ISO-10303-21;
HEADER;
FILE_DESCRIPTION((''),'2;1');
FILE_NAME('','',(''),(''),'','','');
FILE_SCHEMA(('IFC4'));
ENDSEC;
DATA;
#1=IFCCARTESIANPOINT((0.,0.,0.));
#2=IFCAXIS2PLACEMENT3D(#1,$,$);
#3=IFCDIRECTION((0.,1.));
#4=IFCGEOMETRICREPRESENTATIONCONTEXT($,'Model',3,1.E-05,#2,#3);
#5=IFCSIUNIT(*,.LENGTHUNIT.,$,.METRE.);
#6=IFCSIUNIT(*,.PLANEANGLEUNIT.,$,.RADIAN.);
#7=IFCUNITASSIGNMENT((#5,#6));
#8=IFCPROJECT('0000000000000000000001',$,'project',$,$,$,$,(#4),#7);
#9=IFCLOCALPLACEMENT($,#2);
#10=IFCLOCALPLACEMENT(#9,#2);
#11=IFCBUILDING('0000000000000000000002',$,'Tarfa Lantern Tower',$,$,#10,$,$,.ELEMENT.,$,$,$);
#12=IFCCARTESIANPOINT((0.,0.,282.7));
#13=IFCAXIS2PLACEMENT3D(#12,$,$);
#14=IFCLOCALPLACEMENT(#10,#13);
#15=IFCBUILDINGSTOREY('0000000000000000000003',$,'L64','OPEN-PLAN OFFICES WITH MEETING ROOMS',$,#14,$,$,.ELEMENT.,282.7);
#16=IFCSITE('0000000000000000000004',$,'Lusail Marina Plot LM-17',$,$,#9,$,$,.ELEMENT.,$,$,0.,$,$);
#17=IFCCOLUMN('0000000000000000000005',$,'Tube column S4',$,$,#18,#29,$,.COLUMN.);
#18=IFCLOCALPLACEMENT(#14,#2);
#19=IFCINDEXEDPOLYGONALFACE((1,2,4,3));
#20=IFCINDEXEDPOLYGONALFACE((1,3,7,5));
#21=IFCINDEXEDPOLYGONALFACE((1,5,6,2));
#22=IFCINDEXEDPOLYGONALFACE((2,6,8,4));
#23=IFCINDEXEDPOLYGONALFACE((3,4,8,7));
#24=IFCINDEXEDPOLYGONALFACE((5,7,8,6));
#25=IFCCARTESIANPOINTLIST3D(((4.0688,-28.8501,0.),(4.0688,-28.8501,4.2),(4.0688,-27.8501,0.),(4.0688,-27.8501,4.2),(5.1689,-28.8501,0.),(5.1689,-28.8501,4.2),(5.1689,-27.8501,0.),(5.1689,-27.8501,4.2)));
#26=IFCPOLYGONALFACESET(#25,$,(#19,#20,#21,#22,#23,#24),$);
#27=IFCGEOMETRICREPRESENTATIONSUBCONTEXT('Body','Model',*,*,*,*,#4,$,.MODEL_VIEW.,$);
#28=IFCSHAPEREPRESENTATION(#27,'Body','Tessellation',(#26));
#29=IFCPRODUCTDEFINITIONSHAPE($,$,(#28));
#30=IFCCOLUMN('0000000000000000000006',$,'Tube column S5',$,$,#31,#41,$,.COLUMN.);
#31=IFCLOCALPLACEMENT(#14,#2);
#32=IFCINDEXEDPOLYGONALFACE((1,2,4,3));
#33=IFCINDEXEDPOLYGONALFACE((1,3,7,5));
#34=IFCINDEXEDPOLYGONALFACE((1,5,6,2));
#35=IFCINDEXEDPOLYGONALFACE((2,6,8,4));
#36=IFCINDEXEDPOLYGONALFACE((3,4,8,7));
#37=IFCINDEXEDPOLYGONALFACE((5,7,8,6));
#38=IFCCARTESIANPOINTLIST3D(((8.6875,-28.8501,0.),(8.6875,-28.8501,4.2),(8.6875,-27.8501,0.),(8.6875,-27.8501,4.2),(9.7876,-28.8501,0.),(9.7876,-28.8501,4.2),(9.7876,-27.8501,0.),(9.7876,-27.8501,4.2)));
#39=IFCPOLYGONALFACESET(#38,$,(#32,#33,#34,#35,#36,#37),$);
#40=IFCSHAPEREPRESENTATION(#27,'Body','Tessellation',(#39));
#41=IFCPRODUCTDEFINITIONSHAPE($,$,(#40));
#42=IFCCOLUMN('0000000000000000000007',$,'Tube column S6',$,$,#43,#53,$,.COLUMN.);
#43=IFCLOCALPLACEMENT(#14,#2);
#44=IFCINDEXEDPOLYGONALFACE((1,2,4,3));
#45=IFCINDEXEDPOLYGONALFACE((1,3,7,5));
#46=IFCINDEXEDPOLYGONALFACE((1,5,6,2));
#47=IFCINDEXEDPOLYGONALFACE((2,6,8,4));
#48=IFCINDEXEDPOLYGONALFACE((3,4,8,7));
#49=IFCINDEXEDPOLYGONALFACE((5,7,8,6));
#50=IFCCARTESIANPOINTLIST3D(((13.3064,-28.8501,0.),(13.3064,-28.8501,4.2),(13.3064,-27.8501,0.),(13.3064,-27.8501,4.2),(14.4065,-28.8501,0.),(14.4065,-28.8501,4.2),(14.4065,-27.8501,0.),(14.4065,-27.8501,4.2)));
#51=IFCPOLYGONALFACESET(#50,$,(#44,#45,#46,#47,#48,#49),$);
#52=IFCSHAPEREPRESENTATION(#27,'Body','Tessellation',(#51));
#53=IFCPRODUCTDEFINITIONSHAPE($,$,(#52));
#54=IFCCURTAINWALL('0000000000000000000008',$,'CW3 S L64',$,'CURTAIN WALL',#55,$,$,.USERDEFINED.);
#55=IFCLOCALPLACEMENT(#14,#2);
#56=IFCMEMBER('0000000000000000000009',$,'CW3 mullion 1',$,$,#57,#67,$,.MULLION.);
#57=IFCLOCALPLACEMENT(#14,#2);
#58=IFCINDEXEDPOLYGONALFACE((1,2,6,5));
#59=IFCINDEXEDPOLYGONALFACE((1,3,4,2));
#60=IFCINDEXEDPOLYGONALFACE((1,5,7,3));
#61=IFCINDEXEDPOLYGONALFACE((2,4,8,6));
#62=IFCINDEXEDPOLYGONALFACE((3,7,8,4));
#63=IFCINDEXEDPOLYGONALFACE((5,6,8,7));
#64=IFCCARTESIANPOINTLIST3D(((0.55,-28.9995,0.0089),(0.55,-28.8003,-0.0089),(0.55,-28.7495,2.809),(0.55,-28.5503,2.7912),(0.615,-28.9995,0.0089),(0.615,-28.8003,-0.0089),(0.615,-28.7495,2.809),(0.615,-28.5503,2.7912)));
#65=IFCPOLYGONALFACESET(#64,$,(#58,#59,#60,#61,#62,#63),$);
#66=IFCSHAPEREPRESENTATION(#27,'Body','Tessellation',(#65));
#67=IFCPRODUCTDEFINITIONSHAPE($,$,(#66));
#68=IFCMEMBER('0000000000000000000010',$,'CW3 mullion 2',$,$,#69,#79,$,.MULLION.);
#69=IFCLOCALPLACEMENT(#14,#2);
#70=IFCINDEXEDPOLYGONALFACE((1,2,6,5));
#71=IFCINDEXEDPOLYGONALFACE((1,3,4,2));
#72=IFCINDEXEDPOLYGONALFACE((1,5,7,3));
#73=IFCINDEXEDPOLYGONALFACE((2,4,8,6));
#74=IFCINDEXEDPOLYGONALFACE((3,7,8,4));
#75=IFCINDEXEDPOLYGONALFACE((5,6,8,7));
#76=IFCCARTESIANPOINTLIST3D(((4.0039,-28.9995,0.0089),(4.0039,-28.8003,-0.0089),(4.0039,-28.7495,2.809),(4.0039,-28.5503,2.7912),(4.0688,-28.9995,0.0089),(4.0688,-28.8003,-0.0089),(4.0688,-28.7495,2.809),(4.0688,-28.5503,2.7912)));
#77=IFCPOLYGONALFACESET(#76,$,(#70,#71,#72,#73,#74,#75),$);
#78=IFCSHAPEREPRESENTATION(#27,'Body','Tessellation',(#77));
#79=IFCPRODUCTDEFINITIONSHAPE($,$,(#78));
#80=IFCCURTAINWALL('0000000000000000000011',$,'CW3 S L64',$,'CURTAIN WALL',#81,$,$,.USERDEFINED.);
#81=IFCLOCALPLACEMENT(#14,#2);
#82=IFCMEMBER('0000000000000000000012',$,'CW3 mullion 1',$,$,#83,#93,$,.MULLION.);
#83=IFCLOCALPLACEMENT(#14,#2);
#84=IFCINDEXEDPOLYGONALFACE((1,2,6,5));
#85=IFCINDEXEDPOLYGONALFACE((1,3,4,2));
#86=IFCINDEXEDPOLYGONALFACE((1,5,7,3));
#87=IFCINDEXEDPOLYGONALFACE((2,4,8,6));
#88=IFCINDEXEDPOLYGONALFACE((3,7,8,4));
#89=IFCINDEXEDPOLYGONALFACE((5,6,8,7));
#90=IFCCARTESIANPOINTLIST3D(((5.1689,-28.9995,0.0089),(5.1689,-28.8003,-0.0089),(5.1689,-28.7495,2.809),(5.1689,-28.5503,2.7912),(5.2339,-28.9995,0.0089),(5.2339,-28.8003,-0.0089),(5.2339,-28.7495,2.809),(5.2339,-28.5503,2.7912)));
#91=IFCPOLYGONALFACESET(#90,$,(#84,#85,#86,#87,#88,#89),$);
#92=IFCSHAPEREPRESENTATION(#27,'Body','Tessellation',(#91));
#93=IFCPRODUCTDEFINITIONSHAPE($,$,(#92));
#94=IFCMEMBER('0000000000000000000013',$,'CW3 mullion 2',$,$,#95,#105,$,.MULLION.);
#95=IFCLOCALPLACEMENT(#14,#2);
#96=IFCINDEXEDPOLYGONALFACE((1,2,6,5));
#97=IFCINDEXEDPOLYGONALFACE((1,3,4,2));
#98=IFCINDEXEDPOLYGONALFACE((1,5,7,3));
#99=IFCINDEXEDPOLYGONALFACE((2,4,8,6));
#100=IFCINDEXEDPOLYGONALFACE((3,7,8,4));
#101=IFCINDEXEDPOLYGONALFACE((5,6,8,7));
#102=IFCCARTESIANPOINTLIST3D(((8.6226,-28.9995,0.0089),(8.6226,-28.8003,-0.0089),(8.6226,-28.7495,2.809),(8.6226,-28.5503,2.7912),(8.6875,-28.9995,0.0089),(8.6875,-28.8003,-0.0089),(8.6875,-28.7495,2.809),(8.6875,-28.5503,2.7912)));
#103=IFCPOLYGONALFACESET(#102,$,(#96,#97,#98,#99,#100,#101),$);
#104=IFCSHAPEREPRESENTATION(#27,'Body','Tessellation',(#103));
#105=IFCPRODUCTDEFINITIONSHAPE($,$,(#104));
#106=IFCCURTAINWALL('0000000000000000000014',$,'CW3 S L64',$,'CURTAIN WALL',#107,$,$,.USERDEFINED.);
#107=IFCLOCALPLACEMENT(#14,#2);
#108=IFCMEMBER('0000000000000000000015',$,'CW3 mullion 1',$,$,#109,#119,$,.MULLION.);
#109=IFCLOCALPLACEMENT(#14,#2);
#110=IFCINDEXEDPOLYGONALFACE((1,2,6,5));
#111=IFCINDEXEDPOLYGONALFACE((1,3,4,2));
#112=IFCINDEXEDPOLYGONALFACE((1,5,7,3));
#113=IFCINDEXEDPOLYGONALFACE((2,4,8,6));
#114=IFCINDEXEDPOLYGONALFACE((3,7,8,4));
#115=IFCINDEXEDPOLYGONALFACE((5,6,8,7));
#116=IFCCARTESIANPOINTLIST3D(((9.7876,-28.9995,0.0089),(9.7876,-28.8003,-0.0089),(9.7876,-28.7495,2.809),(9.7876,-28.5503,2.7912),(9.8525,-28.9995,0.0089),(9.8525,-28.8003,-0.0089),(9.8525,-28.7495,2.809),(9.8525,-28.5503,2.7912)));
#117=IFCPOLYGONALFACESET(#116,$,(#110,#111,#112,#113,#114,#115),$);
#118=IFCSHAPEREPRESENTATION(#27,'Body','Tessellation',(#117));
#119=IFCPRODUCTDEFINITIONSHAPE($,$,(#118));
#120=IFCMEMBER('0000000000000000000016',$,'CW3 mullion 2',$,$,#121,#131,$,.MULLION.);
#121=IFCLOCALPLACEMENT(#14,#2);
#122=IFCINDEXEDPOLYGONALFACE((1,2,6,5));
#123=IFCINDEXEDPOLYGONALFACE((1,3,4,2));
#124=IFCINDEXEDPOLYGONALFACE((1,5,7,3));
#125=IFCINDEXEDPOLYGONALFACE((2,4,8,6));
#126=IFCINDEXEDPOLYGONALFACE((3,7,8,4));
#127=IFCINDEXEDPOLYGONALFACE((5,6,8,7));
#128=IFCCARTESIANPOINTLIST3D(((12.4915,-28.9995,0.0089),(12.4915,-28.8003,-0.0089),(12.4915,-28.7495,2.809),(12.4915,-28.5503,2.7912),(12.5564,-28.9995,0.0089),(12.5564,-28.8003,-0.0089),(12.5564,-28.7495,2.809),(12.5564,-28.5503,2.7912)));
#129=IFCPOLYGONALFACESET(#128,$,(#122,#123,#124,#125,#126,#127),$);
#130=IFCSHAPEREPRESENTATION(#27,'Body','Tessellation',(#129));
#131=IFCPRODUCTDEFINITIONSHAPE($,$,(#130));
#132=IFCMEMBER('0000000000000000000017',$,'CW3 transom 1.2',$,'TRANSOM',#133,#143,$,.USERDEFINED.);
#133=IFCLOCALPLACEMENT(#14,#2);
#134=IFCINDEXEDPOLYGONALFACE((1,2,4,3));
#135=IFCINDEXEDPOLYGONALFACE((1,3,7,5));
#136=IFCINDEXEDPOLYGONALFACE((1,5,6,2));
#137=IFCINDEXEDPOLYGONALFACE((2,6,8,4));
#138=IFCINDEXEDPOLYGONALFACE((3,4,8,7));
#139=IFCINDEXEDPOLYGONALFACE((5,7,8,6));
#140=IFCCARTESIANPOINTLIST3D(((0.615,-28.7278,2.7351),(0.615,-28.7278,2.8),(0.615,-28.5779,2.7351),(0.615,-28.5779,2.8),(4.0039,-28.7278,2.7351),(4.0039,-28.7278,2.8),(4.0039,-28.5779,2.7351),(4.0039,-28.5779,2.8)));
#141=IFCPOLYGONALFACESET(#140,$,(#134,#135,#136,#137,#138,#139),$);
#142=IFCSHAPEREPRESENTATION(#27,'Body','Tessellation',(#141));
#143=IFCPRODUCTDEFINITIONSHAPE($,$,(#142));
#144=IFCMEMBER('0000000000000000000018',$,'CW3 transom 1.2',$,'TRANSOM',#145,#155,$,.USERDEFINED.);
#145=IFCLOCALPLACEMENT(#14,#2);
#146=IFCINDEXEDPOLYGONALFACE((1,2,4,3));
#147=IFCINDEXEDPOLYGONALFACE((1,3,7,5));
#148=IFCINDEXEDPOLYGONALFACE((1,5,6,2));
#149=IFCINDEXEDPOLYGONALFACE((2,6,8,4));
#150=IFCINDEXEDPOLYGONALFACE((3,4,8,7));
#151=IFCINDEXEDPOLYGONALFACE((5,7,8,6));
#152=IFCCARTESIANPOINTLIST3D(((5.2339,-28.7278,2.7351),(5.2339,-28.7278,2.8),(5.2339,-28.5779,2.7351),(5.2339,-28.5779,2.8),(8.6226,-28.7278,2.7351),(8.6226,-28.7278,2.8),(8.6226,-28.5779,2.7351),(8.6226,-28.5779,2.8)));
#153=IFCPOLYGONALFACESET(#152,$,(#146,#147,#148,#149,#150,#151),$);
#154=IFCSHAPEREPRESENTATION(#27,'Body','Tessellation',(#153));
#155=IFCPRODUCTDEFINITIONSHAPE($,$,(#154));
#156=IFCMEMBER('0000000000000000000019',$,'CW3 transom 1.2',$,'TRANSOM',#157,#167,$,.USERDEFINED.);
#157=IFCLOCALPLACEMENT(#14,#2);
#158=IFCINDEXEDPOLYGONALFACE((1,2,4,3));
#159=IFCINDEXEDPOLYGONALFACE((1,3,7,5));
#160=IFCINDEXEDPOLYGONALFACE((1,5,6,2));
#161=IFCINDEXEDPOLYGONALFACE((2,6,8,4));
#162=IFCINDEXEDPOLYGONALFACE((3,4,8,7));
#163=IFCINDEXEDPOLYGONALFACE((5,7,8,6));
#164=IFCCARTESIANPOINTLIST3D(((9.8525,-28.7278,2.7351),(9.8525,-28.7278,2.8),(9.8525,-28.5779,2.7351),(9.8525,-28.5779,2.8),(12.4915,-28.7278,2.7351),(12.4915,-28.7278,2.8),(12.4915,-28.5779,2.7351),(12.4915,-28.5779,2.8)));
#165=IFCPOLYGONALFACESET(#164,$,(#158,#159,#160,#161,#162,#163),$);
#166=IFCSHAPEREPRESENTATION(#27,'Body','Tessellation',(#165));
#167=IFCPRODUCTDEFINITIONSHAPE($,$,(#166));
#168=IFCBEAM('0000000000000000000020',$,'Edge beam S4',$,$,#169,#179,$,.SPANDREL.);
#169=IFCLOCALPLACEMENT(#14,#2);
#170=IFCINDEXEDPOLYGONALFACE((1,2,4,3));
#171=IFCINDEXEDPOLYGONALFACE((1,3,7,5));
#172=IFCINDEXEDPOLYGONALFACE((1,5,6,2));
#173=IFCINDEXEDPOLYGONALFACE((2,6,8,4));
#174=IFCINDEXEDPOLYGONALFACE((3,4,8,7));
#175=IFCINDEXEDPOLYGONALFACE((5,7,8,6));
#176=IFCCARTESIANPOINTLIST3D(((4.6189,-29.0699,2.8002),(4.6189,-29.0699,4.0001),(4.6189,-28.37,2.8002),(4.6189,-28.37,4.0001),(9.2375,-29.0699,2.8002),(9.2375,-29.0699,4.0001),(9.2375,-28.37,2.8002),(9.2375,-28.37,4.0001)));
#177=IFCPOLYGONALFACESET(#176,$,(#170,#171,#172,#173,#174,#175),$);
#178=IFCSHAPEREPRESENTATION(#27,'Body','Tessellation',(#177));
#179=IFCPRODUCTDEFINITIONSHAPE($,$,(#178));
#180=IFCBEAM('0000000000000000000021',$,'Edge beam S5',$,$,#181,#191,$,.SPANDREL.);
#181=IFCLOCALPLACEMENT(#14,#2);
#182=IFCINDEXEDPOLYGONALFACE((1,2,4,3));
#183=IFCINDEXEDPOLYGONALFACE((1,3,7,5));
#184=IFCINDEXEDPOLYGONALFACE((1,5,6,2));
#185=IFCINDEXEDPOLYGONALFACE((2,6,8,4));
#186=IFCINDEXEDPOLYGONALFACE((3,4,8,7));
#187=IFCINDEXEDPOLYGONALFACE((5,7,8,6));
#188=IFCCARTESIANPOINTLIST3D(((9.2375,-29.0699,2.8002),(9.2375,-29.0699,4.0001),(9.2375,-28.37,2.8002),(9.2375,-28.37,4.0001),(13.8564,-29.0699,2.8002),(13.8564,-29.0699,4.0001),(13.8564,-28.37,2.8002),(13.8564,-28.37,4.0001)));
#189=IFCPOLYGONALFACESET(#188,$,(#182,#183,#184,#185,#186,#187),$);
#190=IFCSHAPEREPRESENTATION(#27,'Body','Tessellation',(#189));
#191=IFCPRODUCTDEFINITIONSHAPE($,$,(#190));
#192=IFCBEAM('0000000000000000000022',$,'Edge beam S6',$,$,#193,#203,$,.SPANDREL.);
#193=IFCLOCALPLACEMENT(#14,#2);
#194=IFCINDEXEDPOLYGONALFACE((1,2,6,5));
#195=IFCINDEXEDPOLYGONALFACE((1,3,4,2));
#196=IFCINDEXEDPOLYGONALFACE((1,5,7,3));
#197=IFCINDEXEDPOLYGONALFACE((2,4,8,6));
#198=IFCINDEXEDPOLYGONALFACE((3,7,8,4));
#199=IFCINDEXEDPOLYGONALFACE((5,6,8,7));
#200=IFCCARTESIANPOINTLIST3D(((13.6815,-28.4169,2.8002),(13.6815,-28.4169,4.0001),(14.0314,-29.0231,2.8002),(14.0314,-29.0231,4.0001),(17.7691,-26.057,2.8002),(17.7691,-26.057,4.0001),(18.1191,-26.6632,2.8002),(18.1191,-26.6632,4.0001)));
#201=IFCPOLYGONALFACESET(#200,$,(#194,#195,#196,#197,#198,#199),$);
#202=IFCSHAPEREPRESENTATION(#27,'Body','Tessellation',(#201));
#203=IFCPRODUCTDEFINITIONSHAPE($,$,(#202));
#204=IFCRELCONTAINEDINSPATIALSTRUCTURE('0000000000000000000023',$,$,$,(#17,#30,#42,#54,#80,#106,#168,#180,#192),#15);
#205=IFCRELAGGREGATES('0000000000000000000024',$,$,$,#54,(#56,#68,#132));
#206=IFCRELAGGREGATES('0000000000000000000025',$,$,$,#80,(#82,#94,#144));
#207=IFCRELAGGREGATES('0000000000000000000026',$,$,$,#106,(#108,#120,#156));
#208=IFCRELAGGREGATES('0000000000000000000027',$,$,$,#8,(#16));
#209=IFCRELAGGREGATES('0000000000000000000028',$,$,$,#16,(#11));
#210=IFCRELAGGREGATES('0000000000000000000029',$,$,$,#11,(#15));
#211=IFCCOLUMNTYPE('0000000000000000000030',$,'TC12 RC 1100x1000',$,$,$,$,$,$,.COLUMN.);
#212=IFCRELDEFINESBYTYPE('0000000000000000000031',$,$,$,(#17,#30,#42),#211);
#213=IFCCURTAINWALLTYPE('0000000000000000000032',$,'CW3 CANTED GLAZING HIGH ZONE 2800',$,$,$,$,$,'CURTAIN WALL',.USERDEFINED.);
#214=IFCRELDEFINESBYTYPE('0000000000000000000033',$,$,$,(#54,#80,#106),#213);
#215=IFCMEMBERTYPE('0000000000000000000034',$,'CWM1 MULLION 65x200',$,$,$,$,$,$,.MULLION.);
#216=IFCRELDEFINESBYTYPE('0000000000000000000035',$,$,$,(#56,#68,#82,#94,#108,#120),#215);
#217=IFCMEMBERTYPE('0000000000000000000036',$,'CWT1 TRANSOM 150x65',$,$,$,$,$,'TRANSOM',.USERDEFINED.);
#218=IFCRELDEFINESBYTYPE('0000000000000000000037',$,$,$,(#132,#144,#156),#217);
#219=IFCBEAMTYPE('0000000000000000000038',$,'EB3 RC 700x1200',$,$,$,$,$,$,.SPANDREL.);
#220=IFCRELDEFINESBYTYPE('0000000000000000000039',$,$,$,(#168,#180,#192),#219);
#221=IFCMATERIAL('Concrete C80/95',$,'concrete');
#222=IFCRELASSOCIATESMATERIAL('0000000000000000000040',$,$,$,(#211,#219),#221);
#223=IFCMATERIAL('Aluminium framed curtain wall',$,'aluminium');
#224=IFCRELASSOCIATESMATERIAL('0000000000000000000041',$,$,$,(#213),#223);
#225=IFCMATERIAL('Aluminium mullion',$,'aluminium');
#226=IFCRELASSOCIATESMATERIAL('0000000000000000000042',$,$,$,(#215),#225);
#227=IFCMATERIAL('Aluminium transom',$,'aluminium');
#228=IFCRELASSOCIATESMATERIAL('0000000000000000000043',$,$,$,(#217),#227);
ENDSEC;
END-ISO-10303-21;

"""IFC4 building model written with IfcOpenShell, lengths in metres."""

from ifc_helpers import new_model, si_unit, direction, frame, origin, origin_2d, place, context, subcontext, project, spatial, rectangle, extrude, material, material_profile, profile_set, type_object, element, aggregate, save


model = new_model("IFC4")

# Units and contexts
model_context = context("Model", 3, precision=1e-05, world=origin(), true_north=direction((0.0, 1.0)))
body_context = subcontext(model_context, "Body", "Model", "MODEL_VIEW")
ifc_project = project(units=[si_unit("LENGTHUNIT", "METRE"), si_unit("PLANEANGLEUNIT", "RADIAN")], contexts=[model_context])

# Site, building, storey
site_placement = place(None, origin())
site = spatial("IfcSite", under=ifc_project, at=site_placement, Name="Lusail Marina Plot LM-17", CompositionType="ELEMENT", RefElevation=0.0)
building_placement = place(site_placement, origin())
building = spatial("IfcBuilding", under=site, at=building_placement, Name="Tarfa Lantern Tower", CompositionType="ELEMENT")
storey_placement = place(building_placement, frame((0.0, 0.0, 282.7)))
storey = spatial("IfcBuildingStorey", under=building, at=storey_placement, Name="L64", Description="OPEN-PLAN OFFICES WITH MEETING ROOMS", CompositionType="ELEMENT", Elevation=282.7)

# Columns
ifc_material_1 = material(Name="Concrete C80/95", Category="concrete")
ifc_material_profile_1 = material_profile(ifc_material_1, rectangle(XDim=1.1001, YDim=1.0, at=origin_2d()), Name="RC 1100x1000")
ifc_profile_set_1 = profile_set([ifc_material_profile_1], Name="Concrete C80/95")
column_type = type_object("IfcColumnType", Name="TC12 RC 1100x1000", PredefinedType="COLUMN", material=ifc_profile_set_1)
for number, where, z_axis, x_axis, name in (
    (1, (4.6189, -28.3501, 0.0), (0.0, 0.0, 1.0), (1.0, 0.0, 0.0), "Tube column S4"),
    (2, (9.2375, -28.3501, 0.0), (0.0, 0.0, 1.0), (1.0, 0.0, 0.0), "Tube column S5"),
    (3, (13.8564, -28.3501, 0.0), (0.0, 0.0, 1.0), (1.0, 0.0, 0.0), "Tube column S6"),
):
    element("IfcColumn", number, at=place(storey_placement, frame(where, z_axis=z_axis, x_axis=x_axis)), inside=storey, type_object=column_type, Name=name, PredefinedType="COLUMN", context=body_context, shape_type="SweptSolid", body=[
        extrude(rectangle(XDim=1.1001, YDim=1.0, at=origin_2d()), origin(), (0.0, 0.0, 1.0), 4.2),
    ])

# Curtain walls, members
ifc_material_2 = material(Name="Aluminium framed curtain wall", Category="aluminium")
curtain_wall_type = type_object("IfcCurtainWallType", Name="CW3 CANTED GLAZING HIGH ZONE 2800", ElementType="CURTAIN WALL", PredefinedType="USERDEFINED", material=ifc_material_2)
curtain_wall_1_placement = place(storey_placement, origin())
curtain_wall_1 = element("IfcCurtainWall", 4, at=curtain_wall_1_placement, inside=storey, type_object=curtain_wall_type, Name="CW3 S L64", ObjectType="CURTAIN WALL", PredefinedType="USERDEFINED")
ifc_material_3 = material(Name="Aluminium mullion", Category="aluminium")
ifc_material_profile_2 = material_profile(ifc_material_3, rectangle(XDim=0.0649, YDim=0.2, at=origin_2d()), Name="AL MULLION 65x200")
ifc_profile_set_2 = profile_set([ifc_material_profile_2], Name="Aluminium mullion")
member_type_1 = type_object("IfcMemberType", Name="CWM1 MULLION 65x200", PredefinedType="MULLION", material=ifc_profile_set_2)
member_1_placement = place(storey_placement, frame((0.5825, -28.8999, 0.0), z_axis=(0.0, 0.08893, 0.996038), x_axis=(-1.0, 0.0, 0.0)))
member_1 = element("IfcMember", 5, at=member_1_placement, type_object=member_type_1, Name="CW3 mullion 1", PredefinedType="MULLION", context=body_context, shape_type="SweptSolid", body=[
    extrude(rectangle(XDim=0.0649, YDim=0.2, at=origin_2d()), origin(), (0.0, 0.0, 1.0), 2.8113),
])
member_2_placement = place(storey_placement, frame((4.0364, -28.8999, 0.0), z_axis=(0.0, 0.08893, 0.996038), x_axis=(-1.0, 0.0, 0.0)))
member_2 = element("IfcMember", 6, at=member_2_placement, type_object=member_type_1, Name="CW3 mullion 2", PredefinedType="MULLION", context=body_context, shape_type="SweptSolid", body=[
    extrude(rectangle(XDim=0.0649, YDim=0.2, at=origin_2d()), origin(), (0.0, 0.0, 1.0), 2.8113),
])
curtain_wall_2_placement = place(storey_placement, origin())
curtain_wall_2 = element("IfcCurtainWall", 7, at=curtain_wall_2_placement, inside=storey, type_object=curtain_wall_type, Name="CW3 S L64", ObjectType="CURTAIN WALL", PredefinedType="USERDEFINED")
member_3_placement = place(storey_placement, frame((5.2014, -28.8999, 0.0), z_axis=(0.0, 0.08893, 0.996038), x_axis=(-1.0, 0.0, 0.0)))
member_3 = element("IfcMember", 8, at=member_3_placement, type_object=member_type_1, Name="CW3 mullion 1", PredefinedType="MULLION", context=body_context, shape_type="SweptSolid", body=[
    extrude(rectangle(XDim=0.0649, YDim=0.2, at=origin_2d()), origin(), (0.0, 0.0, 1.0), 2.8113),
])
member_4_placement = place(storey_placement, frame((8.655, -28.8999, 0.0), z_axis=(0.0, 0.08893, 0.996038), x_axis=(-1.0, 0.0, 0.0)))
member_4 = element("IfcMember", 9, at=member_4_placement, type_object=member_type_1, Name="CW3 mullion 2", PredefinedType="MULLION", context=body_context, shape_type="SweptSolid", body=[
    extrude(rectangle(XDim=0.0649, YDim=0.2, at=origin_2d()), origin(), (0.0, 0.0, 1.0), 2.8113),
])
curtain_wall_3_placement = place(storey_placement, origin())
curtain_wall_3 = element("IfcCurtainWall", 10, at=curtain_wall_3_placement, inside=storey, type_object=curtain_wall_type, Name="CW3 S L64", ObjectType="CURTAIN WALL", PredefinedType="USERDEFINED")
member_5_placement = place(storey_placement, frame((9.8201, -28.8999, 0.0), z_axis=(0.0, 0.08893, 0.996038), x_axis=(-1.0, 0.0, 0.0)))
member_5 = element("IfcMember", 11, at=member_5_placement, type_object=member_type_1, Name="CW3 mullion 1", PredefinedType="MULLION", context=body_context, shape_type="SweptSolid", body=[
    extrude(rectangle(XDim=0.0649, YDim=0.2, at=origin_2d()), origin(), (0.0, 0.0, 1.0), 2.8113),
])
member_6_placement = place(storey_placement, frame((12.5239, -28.8999, 0.0), z_axis=(0.0, 0.08893, 0.996038), x_axis=(-1.0, 0.0, 0.0)))
member_6 = element("IfcMember", 12, at=member_6_placement, type_object=member_type_1, Name="CW3 mullion 2", PredefinedType="MULLION", context=body_context, shape_type="SweptSolid", body=[
    extrude(rectangle(XDim=0.0649, YDim=0.2, at=origin_2d()), origin(), (0.0, 0.0, 1.0), 2.8113),
])

# Members
ifc_material_4 = material(Name="Aluminium transom", Category="aluminium")
ifc_material_profile_3 = material_profile(ifc_material_4, rectangle(XDim=0.1499, YDim=0.0649, at=origin_2d()), Name="AL TRANSOM 150x65")
ifc_profile_set_3 = profile_set([ifc_material_profile_3], Name="Aluminium transom")
member_type_2 = type_object("IfcMemberType", Name="CWT1 TRANSOM 150x65", ElementType="TRANSOM", PredefinedType="USERDEFINED", material=ifc_profile_set_3)
member_7_placement = place(storey_placement, frame((0.615, -28.6528, 2.7676), z_axis=(1.0, 0.0, 0.0), x_axis=(0.0, 1.0, 0.0)))
member_7 = element("IfcMember", 13, at=member_7_placement, type_object=member_type_2, Name="CW3 transom 1.2", ObjectType="TRANSOM", PredefinedType="USERDEFINED", context=body_context, shape_type="SweptSolid", body=[
    extrude(rectangle(XDim=0.1499, YDim=0.0649, at=origin_2d()), origin(), (0.0, 0.0, 1.0), 3.3889),
])
member_8_placement = place(storey_placement, frame((5.2339, -28.6528, 2.7676), z_axis=(1.0, 0.0, 0.0), x_axis=(0.0, 1.0, 0.0)))
member_8 = element("IfcMember", 14, at=member_8_placement, type_object=member_type_2, Name="CW3 transom 1.2", ObjectType="TRANSOM", PredefinedType="USERDEFINED", context=body_context, shape_type="SweptSolid", body=[
    extrude(rectangle(XDim=0.1499, YDim=0.0649, at=origin_2d()), origin(), (0.0, 0.0, 1.0), 3.3887),
])
member_9_placement = place(storey_placement, frame((9.8525, -28.6528, 2.7676), z_axis=(1.0, 0.0, 0.0), x_axis=(0.0, 1.0, 0.0)))
member_9 = element("IfcMember", 15, at=member_9_placement, type_object=member_type_2, Name="CW3 transom 1.2", ObjectType="TRANSOM", PredefinedType="USERDEFINED", context=body_context, shape_type="SweptSolid", body=[
    extrude(rectangle(XDim=0.1499, YDim=0.0649, at=origin_2d()), origin(), (0.0, 0.0, 1.0), 2.6389),
])

# Beams
ifc_material_profile_4 = material_profile(ifc_material_1, rectangle(XDim=0.7, YDim=1.2, at=origin_2d()), Name="RC 700x1200")
ifc_profile_set_4 = profile_set([ifc_material_profile_4], Name="Concrete C80/95")
beam_type_1 = type_object("IfcBeamType", Name="EB3 RC 700x1200", PredefinedType="SPANDREL", material=ifc_profile_set_4)
beam_1_placement = place(storey_placement, frame((4.6189, -28.72, 3.4001), z_axis=(1.0, 0.0, 0.0), x_axis=(0.0, 1.0, 0.0)))
element("IfcBeam", 16, at=beam_1_placement, inside=storey, type_object=beam_type_1, Name="Edge beam S4", PredefinedType="SPANDREL", context=body_context, shape_type="SweptSolid", body=[
    extrude(rectangle(XDim=0.7, YDim=1.2, at=origin_2d()), origin(), (0.0, 0.0, 1.0), 4.6187),
])
beam_2_placement = place(storey_placement, frame((9.2375, -28.72, 3.4001), z_axis=(1.0, 0.0, 0.0), x_axis=(0.0, 1.0, 0.0)))
element("IfcBeam", 17, at=beam_2_placement, inside=storey, type_object=beam_type_1, Name="Edge beam S5", PredefinedType="SPANDREL", context=body_context, shape_type="SweptSolid", body=[
    extrude(rectangle(XDim=0.7, YDim=1.2, at=origin_2d()), origin(), (0.0, 0.0, 1.0), 4.6189),
])
beam_3_placement = place(storey_placement, frame((13.8564, -28.72, 3.4001), z_axis=(0.866038, 0.499978, 0.0), x_axis=(-0.499978, 0.866038, 0.0)))
element("IfcBeam", 18, at=beam_3_placement, inside=storey, type_object=beam_type_1, Name="Edge beam S6", PredefinedType="SPANDREL", context=body_context, shape_type="SweptSolid", body=[
    extrude(rectangle(XDim=0.7, YDim=1.2, at=origin_2d()), origin(), (0.0, 0.0, 1.0), 4.72),
])

aggregate(curtain_wall_1, [member_1, member_2, member_7])
aggregate(curtain_wall_2, [member_3, member_4, member_8])
aggregate(curtain_wall_3, [member_5, member_6, member_9])

save(model, "model.ifc")
